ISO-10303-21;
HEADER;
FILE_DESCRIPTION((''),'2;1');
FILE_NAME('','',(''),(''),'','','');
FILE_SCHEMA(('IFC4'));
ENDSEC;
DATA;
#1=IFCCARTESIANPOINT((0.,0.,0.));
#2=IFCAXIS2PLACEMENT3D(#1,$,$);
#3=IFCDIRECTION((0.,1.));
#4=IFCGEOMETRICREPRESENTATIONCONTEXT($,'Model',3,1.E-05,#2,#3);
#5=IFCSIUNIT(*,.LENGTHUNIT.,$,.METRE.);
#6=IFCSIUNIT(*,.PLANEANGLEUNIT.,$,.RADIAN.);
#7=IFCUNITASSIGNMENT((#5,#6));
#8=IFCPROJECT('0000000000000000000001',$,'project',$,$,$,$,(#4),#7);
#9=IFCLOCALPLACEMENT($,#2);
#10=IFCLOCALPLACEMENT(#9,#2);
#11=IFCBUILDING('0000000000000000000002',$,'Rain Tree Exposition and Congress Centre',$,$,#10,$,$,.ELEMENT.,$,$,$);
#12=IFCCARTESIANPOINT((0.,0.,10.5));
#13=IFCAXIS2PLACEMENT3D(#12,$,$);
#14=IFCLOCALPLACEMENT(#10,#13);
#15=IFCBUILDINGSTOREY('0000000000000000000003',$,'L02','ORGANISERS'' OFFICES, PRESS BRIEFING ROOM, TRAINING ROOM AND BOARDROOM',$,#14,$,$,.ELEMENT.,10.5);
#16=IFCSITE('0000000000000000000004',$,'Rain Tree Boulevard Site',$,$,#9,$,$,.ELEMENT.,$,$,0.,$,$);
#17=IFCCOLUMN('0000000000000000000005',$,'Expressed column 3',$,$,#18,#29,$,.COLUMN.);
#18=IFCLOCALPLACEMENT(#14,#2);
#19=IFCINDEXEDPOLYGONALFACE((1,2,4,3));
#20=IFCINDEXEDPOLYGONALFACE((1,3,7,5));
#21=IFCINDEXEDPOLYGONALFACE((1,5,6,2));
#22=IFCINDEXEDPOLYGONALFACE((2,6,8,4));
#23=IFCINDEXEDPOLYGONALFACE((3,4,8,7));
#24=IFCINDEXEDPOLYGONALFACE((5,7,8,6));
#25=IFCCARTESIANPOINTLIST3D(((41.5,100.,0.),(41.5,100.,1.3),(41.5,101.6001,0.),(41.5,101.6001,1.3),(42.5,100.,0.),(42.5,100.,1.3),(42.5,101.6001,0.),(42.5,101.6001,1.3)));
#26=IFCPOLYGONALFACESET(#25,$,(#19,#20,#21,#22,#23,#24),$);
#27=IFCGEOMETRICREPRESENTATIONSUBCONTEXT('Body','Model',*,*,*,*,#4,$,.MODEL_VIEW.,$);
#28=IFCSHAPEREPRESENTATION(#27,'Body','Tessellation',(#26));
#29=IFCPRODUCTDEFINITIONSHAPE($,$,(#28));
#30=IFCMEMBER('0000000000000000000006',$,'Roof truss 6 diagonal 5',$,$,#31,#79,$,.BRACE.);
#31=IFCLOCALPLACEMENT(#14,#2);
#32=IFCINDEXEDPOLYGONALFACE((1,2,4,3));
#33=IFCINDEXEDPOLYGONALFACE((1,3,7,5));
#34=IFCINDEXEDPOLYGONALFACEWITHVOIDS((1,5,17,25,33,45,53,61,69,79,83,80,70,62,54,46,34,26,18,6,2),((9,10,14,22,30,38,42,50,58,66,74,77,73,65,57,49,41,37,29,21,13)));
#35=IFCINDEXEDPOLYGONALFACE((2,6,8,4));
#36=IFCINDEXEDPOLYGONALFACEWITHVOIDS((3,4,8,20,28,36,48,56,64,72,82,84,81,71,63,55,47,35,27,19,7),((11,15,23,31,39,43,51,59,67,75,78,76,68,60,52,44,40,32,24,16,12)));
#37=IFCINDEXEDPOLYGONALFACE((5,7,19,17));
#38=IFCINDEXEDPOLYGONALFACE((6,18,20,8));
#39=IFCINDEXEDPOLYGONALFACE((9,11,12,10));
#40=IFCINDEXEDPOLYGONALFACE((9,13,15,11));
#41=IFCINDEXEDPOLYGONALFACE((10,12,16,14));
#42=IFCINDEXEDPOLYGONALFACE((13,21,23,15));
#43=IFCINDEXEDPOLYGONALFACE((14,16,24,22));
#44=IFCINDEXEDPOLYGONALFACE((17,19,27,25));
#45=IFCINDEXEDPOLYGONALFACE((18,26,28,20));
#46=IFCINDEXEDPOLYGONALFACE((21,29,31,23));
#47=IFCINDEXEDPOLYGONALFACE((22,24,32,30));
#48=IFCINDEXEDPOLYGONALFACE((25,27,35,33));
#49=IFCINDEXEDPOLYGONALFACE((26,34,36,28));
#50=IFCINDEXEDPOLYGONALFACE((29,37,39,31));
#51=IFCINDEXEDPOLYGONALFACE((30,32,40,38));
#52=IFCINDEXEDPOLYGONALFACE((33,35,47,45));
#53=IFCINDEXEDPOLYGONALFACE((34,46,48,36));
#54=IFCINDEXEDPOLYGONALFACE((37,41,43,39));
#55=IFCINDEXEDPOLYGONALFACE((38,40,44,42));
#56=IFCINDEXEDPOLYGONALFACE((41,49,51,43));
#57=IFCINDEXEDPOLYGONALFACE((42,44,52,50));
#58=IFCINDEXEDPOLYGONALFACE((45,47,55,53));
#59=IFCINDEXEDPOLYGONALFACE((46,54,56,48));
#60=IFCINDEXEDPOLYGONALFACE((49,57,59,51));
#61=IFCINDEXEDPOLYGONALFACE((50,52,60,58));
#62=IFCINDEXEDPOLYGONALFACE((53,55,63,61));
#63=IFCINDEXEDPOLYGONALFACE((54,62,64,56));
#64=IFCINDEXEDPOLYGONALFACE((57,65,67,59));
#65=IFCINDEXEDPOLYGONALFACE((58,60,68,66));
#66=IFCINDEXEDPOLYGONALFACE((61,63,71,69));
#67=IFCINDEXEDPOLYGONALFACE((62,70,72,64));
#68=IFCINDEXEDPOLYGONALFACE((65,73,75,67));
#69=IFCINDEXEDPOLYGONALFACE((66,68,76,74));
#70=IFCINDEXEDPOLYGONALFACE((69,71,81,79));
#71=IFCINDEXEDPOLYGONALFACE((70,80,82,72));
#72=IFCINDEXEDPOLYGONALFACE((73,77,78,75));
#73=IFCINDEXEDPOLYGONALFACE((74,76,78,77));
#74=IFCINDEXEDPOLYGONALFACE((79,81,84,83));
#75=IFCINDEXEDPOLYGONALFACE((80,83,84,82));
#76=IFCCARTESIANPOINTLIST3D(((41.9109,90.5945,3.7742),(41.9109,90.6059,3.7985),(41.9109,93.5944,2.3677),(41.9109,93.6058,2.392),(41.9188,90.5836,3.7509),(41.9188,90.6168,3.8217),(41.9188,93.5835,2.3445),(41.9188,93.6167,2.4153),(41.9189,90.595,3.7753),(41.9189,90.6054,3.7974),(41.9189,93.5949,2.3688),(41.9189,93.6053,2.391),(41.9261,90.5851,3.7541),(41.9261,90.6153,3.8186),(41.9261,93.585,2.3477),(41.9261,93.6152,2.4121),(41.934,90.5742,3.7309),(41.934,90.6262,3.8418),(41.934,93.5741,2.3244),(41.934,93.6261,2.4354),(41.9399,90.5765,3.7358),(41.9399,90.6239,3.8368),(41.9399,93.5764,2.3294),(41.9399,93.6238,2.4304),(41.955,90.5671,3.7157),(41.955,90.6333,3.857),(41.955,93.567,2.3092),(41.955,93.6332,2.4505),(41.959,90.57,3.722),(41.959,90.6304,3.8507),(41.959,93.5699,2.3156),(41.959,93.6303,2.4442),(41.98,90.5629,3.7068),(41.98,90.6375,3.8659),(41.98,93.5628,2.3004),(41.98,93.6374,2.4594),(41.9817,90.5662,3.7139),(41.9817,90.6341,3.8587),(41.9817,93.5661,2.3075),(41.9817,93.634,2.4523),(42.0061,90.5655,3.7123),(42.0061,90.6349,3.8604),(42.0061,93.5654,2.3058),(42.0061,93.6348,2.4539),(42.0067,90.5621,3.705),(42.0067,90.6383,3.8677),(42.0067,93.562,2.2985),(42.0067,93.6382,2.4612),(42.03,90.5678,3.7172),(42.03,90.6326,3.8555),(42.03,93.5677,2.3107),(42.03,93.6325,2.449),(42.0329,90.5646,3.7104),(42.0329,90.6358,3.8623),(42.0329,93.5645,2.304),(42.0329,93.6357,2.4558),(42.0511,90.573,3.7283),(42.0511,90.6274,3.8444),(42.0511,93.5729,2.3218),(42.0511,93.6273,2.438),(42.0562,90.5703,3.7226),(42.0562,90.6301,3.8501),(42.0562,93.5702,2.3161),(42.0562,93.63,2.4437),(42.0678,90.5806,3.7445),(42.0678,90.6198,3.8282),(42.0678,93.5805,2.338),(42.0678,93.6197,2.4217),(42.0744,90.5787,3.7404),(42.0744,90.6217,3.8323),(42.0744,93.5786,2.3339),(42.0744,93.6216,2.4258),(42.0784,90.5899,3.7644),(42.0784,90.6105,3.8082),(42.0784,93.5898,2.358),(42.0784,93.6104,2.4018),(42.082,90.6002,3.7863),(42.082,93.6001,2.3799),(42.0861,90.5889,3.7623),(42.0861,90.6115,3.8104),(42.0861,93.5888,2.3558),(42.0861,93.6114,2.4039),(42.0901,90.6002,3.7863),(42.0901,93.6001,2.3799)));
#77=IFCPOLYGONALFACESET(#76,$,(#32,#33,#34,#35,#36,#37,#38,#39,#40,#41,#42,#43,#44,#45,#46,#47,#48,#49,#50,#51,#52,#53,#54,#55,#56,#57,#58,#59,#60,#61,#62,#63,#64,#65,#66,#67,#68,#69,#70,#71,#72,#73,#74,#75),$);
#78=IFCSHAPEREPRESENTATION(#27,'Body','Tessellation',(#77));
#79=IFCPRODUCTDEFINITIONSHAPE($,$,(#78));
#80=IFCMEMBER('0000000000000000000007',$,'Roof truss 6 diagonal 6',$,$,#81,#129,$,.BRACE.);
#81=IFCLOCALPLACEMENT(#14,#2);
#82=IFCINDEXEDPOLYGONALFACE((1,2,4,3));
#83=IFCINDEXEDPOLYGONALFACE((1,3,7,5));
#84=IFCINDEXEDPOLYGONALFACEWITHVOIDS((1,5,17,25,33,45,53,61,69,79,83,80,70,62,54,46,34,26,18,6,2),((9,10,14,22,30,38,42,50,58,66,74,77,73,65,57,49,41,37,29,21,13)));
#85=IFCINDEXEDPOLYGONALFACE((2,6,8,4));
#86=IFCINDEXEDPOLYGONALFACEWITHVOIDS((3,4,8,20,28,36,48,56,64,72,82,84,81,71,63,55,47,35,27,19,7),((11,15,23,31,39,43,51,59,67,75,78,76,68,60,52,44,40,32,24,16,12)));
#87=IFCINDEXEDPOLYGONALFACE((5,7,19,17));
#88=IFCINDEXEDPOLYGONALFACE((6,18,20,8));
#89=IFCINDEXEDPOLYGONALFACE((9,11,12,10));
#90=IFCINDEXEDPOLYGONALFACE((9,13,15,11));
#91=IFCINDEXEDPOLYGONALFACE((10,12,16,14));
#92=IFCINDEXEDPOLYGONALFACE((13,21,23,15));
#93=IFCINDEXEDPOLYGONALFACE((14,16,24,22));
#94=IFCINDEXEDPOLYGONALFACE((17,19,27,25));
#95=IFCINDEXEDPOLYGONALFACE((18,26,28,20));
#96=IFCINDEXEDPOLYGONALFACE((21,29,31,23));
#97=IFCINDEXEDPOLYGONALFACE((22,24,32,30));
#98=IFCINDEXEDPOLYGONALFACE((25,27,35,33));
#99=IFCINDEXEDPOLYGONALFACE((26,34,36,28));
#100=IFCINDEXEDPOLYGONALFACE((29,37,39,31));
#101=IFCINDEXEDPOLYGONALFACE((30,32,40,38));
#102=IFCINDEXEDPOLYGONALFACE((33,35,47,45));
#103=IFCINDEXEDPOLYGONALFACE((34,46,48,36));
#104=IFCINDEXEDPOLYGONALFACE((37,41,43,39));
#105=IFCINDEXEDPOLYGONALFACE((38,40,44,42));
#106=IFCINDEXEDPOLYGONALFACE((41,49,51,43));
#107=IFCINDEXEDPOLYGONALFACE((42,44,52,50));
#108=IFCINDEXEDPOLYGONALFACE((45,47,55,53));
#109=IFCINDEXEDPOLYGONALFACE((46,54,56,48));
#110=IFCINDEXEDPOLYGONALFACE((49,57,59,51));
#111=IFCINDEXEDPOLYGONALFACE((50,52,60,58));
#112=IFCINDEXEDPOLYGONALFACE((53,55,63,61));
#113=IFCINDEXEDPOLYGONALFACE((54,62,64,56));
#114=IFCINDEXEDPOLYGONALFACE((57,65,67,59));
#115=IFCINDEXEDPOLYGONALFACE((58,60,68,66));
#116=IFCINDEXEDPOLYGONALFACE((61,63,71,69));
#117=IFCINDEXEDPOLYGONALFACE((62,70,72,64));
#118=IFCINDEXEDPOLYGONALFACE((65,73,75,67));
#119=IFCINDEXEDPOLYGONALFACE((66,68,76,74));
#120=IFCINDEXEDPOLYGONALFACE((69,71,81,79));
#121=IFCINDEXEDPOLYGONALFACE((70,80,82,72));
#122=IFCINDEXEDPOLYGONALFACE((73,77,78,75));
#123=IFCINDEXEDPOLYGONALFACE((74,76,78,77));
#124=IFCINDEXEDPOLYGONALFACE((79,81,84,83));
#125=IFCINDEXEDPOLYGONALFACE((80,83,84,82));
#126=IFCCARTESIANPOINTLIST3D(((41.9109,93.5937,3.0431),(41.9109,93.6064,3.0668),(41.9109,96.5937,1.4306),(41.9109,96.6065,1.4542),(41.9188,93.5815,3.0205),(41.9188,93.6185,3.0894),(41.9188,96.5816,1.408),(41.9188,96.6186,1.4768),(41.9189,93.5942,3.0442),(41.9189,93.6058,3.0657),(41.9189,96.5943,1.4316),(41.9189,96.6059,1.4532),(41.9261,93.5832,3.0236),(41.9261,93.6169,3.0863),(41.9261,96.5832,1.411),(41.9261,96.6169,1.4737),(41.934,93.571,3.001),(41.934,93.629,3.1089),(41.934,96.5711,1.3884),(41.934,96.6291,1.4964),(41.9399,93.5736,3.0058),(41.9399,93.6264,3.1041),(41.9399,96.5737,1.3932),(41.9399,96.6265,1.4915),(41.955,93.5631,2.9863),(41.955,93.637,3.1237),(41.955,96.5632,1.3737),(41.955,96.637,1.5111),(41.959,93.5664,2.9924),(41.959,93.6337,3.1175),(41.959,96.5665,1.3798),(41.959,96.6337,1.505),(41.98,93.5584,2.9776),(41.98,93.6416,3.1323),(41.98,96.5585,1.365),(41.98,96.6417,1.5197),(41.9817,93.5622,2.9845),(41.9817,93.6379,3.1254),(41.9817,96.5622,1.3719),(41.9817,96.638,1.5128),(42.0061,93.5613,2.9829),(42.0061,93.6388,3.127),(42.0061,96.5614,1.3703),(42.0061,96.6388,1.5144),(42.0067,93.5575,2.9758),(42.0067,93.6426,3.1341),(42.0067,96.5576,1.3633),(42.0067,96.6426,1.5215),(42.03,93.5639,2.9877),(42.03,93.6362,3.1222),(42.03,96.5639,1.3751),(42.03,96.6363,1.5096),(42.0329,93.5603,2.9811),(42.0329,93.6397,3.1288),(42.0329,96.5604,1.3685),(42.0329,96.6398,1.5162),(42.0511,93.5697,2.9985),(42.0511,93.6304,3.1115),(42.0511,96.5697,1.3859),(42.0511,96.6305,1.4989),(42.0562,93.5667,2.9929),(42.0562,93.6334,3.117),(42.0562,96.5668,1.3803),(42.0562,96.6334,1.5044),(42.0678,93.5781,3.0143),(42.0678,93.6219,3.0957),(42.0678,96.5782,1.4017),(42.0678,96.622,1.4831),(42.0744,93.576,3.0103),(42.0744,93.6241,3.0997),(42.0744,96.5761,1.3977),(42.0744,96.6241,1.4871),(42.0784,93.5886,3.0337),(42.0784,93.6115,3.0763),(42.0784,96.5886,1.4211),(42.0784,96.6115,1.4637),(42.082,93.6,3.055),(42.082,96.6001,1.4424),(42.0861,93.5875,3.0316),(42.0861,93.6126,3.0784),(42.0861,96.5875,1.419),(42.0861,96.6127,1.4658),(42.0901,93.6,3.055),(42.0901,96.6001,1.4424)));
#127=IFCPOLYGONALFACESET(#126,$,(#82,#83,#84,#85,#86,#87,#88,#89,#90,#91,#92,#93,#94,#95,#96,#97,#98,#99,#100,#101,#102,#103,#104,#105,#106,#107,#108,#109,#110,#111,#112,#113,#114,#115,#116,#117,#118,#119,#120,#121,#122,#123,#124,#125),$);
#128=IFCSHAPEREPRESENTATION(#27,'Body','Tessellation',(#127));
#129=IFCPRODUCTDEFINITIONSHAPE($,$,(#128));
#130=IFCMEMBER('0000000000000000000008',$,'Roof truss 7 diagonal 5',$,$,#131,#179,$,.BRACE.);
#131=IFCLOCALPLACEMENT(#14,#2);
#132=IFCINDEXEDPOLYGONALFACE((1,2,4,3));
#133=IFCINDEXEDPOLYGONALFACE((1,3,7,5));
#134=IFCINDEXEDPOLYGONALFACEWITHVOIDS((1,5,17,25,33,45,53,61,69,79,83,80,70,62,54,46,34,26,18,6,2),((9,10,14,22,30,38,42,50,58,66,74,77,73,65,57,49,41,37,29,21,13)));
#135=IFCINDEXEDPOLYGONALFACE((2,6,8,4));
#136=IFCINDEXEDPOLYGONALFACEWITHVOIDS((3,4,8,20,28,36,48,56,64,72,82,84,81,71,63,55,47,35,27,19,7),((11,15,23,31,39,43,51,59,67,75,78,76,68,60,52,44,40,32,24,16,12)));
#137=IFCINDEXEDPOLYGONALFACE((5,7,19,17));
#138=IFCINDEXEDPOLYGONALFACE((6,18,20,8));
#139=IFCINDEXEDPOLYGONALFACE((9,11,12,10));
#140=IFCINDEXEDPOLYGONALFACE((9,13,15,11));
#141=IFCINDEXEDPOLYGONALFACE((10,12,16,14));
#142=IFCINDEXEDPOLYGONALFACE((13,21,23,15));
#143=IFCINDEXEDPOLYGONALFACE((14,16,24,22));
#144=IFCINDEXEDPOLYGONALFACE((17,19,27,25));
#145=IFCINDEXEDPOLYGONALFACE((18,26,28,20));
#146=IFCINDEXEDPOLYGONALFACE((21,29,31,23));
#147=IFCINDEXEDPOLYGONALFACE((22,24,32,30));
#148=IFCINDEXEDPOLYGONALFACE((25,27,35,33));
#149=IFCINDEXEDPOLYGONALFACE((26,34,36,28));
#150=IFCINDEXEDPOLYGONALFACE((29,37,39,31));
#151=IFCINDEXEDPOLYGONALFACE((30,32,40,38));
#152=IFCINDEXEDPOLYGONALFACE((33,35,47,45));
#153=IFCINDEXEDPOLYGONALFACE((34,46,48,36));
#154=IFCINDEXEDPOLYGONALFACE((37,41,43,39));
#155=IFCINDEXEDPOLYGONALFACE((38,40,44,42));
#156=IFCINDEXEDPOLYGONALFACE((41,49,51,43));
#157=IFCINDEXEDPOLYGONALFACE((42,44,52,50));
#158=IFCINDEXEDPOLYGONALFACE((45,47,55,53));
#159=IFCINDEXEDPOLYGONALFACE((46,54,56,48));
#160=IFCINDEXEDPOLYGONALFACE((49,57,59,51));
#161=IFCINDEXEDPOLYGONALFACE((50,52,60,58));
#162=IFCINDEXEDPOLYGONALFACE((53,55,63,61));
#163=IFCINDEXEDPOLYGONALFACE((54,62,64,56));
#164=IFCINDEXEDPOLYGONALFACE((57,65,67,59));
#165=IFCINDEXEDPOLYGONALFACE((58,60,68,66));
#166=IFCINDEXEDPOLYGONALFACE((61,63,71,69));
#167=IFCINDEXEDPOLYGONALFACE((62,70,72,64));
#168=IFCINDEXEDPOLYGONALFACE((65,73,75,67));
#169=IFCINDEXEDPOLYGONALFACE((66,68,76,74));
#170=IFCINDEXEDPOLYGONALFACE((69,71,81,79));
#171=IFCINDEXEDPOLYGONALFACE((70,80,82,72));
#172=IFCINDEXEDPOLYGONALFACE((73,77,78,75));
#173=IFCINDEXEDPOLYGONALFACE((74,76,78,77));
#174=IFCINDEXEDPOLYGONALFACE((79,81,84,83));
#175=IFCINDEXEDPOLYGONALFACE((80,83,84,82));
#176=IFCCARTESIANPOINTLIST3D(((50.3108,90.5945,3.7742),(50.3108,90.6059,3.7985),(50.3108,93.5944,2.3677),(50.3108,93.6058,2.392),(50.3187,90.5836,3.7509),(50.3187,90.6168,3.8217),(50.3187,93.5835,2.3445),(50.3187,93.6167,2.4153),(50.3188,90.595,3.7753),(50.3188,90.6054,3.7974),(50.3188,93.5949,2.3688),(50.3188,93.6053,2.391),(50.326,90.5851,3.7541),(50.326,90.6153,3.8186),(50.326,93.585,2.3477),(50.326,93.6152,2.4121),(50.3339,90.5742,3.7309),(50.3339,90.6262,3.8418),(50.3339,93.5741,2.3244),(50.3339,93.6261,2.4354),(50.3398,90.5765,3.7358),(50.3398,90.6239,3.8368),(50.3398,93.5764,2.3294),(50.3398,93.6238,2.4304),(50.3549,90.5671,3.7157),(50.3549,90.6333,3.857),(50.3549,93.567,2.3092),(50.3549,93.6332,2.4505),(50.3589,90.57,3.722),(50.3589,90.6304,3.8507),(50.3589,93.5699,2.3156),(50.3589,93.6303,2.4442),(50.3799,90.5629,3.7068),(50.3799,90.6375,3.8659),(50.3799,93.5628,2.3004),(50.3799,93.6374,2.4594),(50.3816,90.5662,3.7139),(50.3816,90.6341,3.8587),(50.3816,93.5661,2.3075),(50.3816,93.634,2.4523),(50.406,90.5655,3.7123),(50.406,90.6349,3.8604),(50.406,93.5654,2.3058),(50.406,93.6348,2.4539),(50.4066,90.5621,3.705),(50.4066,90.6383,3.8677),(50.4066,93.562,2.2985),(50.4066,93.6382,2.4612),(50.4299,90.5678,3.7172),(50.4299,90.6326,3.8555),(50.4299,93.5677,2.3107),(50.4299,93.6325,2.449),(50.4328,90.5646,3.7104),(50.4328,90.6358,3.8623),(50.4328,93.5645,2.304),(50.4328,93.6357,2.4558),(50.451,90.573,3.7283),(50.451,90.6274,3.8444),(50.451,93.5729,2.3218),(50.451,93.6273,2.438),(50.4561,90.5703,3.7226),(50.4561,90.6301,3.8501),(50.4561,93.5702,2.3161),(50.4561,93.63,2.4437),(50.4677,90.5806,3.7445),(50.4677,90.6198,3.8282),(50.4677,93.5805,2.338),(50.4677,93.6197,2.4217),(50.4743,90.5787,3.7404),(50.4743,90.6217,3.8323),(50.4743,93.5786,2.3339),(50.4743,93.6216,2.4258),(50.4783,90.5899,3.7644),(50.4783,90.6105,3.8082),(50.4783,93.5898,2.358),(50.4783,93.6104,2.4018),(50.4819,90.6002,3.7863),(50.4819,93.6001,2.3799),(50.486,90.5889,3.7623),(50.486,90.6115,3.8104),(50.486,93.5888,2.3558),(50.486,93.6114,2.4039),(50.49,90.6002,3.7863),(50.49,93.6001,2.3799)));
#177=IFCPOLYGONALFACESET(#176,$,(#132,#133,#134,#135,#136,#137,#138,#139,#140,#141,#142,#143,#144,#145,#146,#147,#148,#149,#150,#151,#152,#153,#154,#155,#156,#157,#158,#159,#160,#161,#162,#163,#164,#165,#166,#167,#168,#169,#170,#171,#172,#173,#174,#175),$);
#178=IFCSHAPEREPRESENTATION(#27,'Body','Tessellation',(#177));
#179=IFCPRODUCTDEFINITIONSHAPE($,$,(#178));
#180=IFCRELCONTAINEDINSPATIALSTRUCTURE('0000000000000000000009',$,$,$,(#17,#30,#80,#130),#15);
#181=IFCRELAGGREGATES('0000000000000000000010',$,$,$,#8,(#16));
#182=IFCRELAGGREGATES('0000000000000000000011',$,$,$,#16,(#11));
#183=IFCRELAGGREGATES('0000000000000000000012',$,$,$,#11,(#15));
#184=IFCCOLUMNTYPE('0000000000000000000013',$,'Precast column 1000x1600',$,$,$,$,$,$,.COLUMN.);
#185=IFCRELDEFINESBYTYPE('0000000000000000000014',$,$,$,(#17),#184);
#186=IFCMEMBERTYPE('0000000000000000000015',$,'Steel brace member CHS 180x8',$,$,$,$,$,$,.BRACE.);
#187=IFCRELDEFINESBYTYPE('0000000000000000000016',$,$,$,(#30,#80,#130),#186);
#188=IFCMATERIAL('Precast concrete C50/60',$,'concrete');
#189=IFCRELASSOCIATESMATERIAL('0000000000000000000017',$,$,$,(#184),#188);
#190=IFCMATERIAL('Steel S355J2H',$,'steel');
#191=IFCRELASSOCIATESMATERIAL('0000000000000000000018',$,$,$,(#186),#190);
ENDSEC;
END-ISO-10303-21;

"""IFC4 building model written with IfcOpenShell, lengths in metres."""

from ifc_helpers import new_model, si_unit, direction, frame, origin, origin_2d, place, context, subcontext, project, spatial, rectangle, hollow_circle, extrude, material, material_profile, profile_set, type_object, element, save


model = new_model("IFC4")

# Units and contexts
model_context = context("Model", 3, precision=1e-05, world=origin(), true_north=direction((0.0, 1.0)))
body_context = subcontext(model_context, "Body", "Model", "MODEL_VIEW")
ifc_project = project(units=[si_unit("LENGTHUNIT", "METRE"), si_unit("PLANEANGLEUNIT", "RADIAN")], contexts=[model_context])

# Site, building, storey
site_placement = place(None, origin())
site = spatial("IfcSite", under=ifc_project, at=site_placement, Name="Rain Tree Boulevard Site", CompositionType="ELEMENT", RefElevation=0.0)
building_placement = place(site_placement, origin())
building = spatial("IfcBuilding", under=site, at=building_placement, Name="Rain Tree Exposition and Congress Centre", CompositionType="ELEMENT")
storey_placement = place(building_placement, frame((0.0, 0.0, 10.5)))
storey = spatial("IfcBuildingStorey", under=building, at=storey_placement, Name="L02", Description="ORGANISERS' OFFICES, PRESS BRIEFING ROOM, TRAINING ROOM AND BOARDROOM", CompositionType="ELEMENT", Elevation=10.5)

# Column
ifc_material_1 = material(Name="Precast concrete C50/60", Category="concrete")
ifc_material_profile_1 = material_profile(ifc_material_1, rectangle(XDim=1.0, YDim=1.6001, at=origin_2d()), Name="RC 1000x1600")
ifc_profile_set_1 = profile_set([ifc_material_profile_1], Name="Precast concrete C50/60")
column_type = type_object("IfcColumnType", Name="Precast column 1000x1600", PredefinedType="COLUMN", material=ifc_profile_set_1)
column_placement = place(storey_placement, frame((42.0, 100.8, 0.0), z_axis=(0.0, 0.0, 1.0), x_axis=(1.0, 0.0, 0.0)))
element("IfcColumn", 1, at=column_placement, inside=storey, type_object=column_type, Name="Expressed column 3", PredefinedType="COLUMN", context=body_context, shape_type="SweptSolid", body=[
    extrude(rectangle(XDim=1.0, YDim=1.6001, at=origin_2d()), origin(), (0.0, 0.0, 1.0), 1.3),
])

# Members
ifc_material_2 = material(Name="Steel S355J2H", Category="steel")
ifc_material_profile_2 = material_profile(ifc_material_2, hollow_circle(Radius=0.0901, WallThickness=0.0081, at=origin_2d()), Name="CHS 180x8")
ifc_profile_set_2 = profile_set([ifc_material_profile_2], Name="Steel S355J2H")
member_type_1 = type_object("IfcMemberType", Name="Steel brace member CHS 180x8", PredefinedType="BRACE", material=ifc_profile_set_2)
member_1_placement = place(storey_placement, frame((42.0, 93.6001, 2.3799), z_axis=(0.0, -0.905431, 0.424494), x_axis=(1.0, 0.0, 0.0)))
element("IfcMember", 2, at=member_1_placement, inside=storey, type_object=member_type_1, Name="Roof truss 6 diagonal 5", PredefinedType="BRACE", context=body_context, shape_type="SweptSolid", body=[
    extrude(hollow_circle(Radius=0.0901, WallThickness=0.0081, at=origin_2d()), origin(), (0.0, 0.0, 1.0), 3.3132),
])
member_2_placement = place(storey_placement, frame((42.0, 96.6001, 1.4424), z_axis=(0.0, -0.880818, 0.473454), x_axis=(1.0, 0.0, 0.0)))
element("IfcMember", 3, at=member_2_placement, inside=storey, type_object=member_type_1, Name="Roof truss 6 diagonal 6", PredefinedType="BRACE", context=body_context, shape_type="SweptSolid", body=[
    extrude(hollow_circle(Radius=0.0901, WallThickness=0.0081, at=origin_2d()), origin(), (0.0, 0.0, 1.0), 3.406),
])
member_3_placement = place(storey_placement, frame((50.3999, 93.6001, 2.3799), z_axis=(0.0, -0.905431, 0.424494), x_axis=(1.0, 0.0, 0.0)))
element("IfcMember", 4, at=member_3_placement, inside=storey, type_object=member_type_1, Name="Roof truss 7 diagonal 5", PredefinedType="BRACE", context=body_context, shape_type="SweptSolid", body=[
    extrude(hollow_circle(Radius=0.0901, WallThickness=0.0081, at=origin_2d()), origin(), (0.0, 0.0, 1.0), 3.3132),
])

save(model, "model.ifc")
